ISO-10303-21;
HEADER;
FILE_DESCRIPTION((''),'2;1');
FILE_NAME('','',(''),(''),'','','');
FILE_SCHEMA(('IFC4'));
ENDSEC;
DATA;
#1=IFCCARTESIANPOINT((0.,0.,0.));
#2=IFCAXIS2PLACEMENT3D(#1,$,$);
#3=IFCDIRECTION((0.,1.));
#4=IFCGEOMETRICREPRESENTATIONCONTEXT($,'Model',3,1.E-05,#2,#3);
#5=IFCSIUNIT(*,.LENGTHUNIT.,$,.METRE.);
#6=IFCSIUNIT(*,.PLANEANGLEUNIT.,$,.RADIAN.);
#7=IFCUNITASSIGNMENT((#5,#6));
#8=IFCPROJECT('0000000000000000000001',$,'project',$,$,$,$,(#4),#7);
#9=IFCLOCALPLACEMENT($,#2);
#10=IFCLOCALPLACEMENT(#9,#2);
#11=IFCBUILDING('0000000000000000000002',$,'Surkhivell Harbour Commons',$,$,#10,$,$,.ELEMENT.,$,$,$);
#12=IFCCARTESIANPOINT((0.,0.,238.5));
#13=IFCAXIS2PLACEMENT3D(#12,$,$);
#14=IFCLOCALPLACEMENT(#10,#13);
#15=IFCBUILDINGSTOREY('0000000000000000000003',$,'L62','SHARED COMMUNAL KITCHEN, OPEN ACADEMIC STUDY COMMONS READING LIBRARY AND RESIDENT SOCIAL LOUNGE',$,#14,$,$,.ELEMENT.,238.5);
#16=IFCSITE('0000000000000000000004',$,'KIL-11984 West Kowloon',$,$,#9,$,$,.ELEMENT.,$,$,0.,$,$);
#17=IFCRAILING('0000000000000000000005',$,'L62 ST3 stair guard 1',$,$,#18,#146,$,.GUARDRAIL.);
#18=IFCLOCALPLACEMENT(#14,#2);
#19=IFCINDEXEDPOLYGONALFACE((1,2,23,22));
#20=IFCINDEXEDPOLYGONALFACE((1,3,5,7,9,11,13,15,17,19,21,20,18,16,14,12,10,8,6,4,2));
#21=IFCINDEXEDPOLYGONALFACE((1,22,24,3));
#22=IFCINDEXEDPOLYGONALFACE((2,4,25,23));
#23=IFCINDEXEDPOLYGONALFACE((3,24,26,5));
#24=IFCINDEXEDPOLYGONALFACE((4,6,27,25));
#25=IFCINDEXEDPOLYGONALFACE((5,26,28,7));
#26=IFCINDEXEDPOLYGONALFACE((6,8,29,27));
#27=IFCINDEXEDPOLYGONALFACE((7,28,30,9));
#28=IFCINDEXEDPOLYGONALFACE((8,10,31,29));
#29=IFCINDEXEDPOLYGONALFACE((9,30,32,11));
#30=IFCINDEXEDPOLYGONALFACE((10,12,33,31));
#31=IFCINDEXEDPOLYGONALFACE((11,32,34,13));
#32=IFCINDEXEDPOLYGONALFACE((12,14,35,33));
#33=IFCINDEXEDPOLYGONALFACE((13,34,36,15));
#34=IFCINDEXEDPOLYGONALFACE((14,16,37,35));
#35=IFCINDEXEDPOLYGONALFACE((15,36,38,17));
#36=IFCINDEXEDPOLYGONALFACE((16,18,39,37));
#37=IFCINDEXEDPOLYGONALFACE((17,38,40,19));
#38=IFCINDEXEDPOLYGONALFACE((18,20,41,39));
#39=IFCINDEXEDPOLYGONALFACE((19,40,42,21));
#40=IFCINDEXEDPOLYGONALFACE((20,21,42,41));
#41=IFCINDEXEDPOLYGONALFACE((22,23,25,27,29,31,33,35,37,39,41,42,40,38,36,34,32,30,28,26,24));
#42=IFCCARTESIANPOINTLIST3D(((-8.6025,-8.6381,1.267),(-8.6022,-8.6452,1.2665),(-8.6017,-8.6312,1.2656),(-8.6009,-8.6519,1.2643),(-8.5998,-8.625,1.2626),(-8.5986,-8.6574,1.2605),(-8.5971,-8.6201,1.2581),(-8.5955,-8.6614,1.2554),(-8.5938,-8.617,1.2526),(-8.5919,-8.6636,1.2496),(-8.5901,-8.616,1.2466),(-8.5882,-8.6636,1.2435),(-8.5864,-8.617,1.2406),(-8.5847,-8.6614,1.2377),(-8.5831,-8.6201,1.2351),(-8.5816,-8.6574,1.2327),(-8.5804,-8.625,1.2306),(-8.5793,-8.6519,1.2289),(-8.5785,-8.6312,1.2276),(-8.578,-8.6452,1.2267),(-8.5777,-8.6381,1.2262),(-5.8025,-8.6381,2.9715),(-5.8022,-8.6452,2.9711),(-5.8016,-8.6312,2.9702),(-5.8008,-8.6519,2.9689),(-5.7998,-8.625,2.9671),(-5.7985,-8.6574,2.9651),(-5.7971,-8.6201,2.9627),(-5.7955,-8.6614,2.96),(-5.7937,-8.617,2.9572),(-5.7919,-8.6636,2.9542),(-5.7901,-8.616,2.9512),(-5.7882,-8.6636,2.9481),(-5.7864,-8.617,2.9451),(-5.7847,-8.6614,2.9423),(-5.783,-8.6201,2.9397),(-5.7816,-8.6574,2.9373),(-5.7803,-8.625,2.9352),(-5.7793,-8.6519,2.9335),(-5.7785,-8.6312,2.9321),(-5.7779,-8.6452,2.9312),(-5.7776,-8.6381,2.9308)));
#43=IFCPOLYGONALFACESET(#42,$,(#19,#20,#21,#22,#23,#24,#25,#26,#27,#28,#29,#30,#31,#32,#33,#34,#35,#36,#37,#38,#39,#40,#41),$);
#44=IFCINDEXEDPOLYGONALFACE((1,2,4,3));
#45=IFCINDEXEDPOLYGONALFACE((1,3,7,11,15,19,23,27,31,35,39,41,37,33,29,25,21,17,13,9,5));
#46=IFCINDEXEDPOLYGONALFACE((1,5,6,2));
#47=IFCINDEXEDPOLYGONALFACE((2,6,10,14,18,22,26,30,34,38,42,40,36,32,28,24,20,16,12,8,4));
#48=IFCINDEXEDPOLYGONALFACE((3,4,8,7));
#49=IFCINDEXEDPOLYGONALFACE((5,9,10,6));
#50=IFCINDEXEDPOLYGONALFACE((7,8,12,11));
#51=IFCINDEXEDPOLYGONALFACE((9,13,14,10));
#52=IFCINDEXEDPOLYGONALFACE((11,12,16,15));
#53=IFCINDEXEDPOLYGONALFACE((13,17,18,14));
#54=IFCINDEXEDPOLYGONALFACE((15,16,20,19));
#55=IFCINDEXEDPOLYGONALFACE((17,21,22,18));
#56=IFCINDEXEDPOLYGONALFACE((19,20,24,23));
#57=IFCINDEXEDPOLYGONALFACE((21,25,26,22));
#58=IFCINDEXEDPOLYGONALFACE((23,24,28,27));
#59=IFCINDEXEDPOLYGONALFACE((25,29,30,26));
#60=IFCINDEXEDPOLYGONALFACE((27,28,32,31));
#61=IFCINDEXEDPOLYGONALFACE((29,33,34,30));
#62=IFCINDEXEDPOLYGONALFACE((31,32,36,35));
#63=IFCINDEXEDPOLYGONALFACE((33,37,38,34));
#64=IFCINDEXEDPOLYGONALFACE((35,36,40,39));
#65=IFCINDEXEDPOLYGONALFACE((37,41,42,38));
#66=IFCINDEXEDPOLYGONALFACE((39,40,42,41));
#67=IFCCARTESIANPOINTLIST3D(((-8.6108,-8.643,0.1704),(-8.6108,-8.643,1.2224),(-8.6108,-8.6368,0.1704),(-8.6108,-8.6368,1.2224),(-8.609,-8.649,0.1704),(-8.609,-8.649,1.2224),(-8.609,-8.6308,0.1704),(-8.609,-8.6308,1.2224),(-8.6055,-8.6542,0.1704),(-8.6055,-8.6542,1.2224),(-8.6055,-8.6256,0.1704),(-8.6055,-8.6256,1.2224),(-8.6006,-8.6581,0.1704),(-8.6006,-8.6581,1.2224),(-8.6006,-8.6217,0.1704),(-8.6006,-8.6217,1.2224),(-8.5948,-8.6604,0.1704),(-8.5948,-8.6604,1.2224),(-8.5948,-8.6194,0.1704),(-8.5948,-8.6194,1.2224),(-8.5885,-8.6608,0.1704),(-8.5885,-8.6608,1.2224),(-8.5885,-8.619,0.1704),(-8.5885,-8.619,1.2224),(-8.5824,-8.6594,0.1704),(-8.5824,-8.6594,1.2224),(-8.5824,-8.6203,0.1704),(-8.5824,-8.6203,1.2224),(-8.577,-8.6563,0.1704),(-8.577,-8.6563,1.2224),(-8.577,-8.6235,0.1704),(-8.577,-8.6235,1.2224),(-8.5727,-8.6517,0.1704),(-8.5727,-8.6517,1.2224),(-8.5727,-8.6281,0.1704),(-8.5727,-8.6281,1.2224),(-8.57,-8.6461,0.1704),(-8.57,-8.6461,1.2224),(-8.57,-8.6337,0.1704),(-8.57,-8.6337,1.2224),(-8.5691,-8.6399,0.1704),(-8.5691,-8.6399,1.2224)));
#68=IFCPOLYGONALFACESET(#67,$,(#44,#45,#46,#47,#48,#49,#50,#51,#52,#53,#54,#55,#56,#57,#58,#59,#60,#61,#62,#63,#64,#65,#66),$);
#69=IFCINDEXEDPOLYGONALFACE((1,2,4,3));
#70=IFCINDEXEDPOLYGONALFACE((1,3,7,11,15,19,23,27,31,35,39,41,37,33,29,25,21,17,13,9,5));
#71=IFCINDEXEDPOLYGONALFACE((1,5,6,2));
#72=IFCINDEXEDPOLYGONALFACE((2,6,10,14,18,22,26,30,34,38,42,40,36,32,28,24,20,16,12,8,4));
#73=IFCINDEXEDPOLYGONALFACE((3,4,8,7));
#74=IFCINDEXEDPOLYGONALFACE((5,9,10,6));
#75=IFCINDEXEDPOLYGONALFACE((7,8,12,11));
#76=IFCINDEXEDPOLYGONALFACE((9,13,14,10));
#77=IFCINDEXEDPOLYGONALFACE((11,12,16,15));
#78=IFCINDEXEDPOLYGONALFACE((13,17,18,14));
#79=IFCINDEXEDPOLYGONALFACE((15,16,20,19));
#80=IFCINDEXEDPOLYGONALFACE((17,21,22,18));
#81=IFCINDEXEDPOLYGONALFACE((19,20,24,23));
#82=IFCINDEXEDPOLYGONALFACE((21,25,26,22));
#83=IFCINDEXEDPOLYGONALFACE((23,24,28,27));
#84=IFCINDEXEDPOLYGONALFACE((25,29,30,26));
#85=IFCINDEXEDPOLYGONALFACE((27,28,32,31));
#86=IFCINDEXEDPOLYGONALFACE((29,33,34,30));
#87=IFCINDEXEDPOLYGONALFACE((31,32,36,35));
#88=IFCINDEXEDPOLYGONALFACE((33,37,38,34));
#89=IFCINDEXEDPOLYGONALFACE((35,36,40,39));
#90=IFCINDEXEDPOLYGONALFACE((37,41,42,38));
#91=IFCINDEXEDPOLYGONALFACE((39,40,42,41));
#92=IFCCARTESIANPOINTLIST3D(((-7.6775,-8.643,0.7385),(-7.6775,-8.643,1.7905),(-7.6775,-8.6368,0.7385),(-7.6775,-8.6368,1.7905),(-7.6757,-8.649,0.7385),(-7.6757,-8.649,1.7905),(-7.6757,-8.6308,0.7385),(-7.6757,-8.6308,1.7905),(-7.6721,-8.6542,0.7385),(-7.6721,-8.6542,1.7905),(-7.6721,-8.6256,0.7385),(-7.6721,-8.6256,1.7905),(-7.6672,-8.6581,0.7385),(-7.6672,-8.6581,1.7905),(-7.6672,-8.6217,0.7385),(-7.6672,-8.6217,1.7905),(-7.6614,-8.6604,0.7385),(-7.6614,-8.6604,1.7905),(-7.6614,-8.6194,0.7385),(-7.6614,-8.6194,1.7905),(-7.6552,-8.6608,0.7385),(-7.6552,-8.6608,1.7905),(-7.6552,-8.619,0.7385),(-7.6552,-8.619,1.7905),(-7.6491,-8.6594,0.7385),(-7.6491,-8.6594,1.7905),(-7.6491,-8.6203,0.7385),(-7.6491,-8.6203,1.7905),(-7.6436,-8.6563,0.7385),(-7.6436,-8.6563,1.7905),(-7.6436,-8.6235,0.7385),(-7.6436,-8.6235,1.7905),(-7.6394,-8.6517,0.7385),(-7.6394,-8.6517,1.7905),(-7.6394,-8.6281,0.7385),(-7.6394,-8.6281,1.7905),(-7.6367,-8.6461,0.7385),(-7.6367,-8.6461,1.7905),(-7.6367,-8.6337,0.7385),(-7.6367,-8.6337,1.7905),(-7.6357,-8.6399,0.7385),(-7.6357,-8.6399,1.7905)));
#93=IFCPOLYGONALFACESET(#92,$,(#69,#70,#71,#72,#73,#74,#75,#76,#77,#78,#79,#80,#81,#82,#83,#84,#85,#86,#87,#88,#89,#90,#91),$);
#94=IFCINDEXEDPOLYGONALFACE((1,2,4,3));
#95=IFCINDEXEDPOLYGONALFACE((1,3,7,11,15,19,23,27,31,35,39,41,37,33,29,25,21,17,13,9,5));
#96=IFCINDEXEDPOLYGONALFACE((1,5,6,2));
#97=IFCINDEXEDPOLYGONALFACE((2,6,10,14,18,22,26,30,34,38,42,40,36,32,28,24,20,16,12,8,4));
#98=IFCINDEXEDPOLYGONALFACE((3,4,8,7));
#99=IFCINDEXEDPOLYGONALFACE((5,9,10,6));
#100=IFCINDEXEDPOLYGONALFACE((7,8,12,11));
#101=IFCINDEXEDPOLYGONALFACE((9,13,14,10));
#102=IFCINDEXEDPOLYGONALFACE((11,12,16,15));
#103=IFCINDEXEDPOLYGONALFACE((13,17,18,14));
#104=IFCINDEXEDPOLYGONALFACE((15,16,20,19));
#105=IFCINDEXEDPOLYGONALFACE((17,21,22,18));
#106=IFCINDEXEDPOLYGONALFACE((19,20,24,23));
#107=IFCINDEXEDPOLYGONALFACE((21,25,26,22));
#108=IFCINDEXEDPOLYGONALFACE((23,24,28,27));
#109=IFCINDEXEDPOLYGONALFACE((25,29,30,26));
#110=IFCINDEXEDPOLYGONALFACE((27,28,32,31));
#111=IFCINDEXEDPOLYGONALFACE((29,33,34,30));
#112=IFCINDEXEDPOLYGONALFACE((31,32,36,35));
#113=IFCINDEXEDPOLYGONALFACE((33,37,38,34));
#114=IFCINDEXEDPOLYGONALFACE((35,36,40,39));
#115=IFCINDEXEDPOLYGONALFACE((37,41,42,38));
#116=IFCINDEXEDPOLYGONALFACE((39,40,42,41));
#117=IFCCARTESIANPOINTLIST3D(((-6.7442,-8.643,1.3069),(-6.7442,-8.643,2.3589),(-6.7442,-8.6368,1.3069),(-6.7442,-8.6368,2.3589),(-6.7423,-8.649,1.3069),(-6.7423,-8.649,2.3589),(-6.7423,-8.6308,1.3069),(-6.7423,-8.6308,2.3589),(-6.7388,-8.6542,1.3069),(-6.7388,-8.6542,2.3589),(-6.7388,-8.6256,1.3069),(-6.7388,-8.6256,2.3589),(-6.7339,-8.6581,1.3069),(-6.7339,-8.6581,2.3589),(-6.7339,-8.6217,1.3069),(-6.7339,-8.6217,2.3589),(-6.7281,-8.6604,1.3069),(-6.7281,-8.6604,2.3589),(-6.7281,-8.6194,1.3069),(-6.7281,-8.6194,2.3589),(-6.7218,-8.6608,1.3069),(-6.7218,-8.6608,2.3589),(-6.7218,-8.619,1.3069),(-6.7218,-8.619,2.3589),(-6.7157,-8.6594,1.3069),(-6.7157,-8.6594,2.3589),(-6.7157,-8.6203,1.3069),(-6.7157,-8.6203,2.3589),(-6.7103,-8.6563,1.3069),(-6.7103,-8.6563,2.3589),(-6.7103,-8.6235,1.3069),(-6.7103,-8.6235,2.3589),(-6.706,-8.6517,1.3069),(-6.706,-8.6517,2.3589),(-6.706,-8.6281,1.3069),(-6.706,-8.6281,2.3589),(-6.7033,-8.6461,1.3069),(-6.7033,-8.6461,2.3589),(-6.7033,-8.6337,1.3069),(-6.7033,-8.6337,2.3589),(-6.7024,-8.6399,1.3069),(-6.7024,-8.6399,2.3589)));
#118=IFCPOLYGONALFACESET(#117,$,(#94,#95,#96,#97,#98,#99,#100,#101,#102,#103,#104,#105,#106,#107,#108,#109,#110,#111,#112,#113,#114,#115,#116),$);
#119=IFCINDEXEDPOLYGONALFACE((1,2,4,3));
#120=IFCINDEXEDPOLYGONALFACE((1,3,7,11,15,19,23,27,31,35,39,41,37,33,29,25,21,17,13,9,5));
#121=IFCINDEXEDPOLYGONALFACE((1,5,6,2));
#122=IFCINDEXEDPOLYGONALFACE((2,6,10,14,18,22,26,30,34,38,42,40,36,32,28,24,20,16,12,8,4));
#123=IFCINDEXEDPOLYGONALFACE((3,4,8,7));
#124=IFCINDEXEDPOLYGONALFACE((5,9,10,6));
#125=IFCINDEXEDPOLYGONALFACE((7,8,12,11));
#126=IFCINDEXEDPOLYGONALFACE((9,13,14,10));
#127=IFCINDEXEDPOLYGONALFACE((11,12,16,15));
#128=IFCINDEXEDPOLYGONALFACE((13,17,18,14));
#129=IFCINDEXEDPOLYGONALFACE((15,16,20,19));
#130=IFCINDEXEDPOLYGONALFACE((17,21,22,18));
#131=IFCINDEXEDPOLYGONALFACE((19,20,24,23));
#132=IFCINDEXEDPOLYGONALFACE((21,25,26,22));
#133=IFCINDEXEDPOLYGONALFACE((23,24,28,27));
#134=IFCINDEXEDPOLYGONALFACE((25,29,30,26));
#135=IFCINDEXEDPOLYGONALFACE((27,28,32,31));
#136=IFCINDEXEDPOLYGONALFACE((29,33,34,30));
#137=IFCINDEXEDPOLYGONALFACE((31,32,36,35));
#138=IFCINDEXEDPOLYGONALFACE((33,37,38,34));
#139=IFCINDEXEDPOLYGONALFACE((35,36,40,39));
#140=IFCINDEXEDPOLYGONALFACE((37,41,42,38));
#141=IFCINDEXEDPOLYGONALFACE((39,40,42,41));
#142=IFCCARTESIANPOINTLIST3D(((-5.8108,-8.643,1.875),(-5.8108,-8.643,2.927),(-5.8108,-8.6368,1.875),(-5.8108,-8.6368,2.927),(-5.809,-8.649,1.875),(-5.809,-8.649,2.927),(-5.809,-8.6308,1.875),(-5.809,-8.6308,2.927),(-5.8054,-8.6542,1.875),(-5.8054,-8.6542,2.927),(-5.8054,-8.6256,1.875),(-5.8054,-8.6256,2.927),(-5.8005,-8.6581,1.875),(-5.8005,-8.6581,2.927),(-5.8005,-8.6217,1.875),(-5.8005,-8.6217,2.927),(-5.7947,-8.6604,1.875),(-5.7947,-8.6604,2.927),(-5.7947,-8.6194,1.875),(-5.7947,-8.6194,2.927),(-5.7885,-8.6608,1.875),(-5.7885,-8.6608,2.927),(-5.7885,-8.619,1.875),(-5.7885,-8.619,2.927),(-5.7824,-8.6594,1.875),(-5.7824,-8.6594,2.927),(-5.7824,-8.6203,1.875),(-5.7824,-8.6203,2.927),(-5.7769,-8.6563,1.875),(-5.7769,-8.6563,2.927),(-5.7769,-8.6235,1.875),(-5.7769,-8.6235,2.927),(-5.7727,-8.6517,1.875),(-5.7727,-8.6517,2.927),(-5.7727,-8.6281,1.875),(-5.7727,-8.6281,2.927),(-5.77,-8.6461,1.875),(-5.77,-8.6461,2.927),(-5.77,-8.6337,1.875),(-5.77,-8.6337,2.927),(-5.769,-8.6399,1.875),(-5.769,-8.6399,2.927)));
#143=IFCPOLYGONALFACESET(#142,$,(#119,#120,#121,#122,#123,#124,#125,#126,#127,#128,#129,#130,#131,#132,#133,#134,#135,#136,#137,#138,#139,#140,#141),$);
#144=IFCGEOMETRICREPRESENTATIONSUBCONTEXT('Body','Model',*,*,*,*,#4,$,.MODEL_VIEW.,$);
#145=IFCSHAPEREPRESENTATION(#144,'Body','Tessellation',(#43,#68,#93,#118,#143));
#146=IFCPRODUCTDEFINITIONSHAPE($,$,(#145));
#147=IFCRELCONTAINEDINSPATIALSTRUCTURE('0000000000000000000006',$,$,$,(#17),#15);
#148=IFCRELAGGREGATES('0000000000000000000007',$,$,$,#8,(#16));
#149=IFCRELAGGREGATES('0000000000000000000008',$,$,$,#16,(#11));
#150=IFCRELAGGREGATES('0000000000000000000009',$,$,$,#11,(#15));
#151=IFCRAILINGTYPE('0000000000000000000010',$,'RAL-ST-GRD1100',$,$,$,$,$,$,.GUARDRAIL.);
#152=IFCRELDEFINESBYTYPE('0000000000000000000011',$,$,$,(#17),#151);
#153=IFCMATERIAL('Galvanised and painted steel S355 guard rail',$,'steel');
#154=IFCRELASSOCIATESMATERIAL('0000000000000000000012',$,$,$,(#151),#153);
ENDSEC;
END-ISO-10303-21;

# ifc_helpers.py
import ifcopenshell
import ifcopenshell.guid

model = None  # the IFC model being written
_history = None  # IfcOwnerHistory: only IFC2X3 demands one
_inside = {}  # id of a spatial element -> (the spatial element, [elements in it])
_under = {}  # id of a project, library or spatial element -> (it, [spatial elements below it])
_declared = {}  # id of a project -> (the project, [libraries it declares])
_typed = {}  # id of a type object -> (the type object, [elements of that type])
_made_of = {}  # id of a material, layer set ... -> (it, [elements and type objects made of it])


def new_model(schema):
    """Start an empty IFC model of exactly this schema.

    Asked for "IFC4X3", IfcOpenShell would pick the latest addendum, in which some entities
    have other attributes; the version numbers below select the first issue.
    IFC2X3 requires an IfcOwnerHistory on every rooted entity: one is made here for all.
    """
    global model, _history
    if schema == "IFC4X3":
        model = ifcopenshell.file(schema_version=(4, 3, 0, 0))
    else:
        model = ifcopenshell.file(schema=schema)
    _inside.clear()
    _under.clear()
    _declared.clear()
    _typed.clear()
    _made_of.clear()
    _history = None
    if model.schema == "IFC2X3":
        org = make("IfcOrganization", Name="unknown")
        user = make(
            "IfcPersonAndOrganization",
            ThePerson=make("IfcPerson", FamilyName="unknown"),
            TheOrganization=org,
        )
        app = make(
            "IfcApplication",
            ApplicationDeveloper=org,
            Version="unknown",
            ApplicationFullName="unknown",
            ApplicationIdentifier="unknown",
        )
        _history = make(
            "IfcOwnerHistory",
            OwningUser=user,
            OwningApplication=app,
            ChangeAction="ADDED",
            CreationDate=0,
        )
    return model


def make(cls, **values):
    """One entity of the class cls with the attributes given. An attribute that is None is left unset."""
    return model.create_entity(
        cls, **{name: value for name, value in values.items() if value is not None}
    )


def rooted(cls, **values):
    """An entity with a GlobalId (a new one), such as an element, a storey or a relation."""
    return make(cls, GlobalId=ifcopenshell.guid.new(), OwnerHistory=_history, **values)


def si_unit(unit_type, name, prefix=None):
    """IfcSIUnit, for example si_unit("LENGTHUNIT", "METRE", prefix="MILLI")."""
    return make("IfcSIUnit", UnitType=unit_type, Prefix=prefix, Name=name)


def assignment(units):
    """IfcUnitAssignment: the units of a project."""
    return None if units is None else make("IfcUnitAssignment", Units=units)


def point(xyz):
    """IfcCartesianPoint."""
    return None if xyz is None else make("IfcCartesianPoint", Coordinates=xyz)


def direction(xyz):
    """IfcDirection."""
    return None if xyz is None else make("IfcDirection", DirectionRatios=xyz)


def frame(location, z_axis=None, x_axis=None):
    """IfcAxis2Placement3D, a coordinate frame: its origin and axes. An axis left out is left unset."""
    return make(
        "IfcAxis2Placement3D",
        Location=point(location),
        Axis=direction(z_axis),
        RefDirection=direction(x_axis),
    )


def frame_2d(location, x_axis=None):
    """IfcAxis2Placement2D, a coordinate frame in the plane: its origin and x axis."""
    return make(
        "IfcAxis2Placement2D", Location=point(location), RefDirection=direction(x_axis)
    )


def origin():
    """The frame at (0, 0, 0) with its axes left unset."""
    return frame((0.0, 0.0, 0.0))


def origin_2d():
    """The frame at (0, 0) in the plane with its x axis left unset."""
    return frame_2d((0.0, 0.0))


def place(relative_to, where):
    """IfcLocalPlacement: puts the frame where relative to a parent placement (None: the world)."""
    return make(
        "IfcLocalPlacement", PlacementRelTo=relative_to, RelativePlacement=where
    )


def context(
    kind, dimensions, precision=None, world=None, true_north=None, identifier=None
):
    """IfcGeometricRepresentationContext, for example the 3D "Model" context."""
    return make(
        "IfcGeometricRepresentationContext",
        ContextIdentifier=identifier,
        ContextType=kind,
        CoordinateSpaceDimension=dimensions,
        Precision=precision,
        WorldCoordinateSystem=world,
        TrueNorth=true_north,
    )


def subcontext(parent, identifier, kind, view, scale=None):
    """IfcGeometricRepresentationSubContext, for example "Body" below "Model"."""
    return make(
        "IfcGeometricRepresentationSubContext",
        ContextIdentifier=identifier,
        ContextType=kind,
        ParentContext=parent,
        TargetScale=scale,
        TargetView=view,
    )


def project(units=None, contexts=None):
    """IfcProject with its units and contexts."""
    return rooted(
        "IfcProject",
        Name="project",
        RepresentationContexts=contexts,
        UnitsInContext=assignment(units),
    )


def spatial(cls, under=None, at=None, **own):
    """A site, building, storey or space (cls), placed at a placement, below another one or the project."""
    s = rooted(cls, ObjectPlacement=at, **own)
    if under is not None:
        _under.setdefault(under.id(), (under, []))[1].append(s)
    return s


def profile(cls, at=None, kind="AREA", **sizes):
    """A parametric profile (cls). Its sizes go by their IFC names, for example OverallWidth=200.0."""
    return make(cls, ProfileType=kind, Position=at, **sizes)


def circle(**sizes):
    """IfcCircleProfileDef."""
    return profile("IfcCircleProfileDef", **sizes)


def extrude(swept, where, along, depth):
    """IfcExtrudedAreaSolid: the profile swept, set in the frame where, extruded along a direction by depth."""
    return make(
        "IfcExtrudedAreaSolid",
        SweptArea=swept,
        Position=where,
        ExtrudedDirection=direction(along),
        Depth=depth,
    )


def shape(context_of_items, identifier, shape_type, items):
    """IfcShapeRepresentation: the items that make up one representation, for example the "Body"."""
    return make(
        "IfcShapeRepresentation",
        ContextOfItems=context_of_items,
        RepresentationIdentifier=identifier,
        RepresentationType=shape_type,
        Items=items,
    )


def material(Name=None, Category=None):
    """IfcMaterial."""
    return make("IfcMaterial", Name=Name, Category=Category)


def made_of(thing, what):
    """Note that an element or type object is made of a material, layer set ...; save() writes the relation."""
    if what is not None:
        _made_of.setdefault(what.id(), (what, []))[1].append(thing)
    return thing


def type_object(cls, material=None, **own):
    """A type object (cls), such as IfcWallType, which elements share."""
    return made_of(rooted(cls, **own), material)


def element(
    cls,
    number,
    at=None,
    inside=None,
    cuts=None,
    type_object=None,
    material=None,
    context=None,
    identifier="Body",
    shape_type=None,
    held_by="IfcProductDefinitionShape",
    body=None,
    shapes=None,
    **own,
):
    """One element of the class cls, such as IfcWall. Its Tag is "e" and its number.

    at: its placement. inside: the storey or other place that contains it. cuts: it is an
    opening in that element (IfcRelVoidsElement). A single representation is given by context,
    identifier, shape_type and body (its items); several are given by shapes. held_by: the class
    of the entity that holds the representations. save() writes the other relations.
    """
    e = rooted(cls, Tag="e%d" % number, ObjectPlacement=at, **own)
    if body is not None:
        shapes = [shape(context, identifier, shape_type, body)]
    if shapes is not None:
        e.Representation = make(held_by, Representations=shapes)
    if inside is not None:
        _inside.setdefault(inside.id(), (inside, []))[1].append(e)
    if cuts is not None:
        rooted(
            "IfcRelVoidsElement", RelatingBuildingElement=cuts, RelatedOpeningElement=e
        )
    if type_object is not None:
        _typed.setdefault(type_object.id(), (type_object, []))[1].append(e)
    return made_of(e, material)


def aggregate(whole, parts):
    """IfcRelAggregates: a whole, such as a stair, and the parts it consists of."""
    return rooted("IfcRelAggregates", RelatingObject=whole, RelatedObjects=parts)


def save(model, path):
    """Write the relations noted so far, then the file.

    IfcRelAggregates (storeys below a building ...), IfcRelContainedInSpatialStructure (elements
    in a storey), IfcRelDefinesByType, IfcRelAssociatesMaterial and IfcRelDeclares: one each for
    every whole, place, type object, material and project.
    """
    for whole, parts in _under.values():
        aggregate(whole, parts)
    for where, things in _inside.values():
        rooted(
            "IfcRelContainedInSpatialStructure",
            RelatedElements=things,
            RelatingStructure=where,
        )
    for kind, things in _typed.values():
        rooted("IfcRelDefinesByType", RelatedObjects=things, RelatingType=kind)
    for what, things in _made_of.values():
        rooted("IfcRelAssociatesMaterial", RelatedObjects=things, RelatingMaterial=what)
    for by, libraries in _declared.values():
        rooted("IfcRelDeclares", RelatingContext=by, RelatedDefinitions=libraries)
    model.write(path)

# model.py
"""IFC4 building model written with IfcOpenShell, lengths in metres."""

from ifc_helpers import new_model, si_unit, direction, frame, origin, origin_2d, place, context, subcontext, project, spatial, circle, extrude, material, type_object, element, save


model = new_model("IFC4")

# Units and contexts
model_context = context("Model", 3, precision=1e-05, world=origin(), true_north=direction((0.0, 1.0)))
body_context = subcontext(model_context, "Body", "Model", "MODEL_VIEW")
ifc_project = project(units=[si_unit("LENGTHUNIT", "METRE"), si_unit("PLANEANGLEUNIT", "RADIAN")], contexts=[model_context])

# Site, building, storey
site_placement = place(None, origin())
site = spatial("IfcSite", under=ifc_project, at=site_placement, Name="KIL-11984 West Kowloon", CompositionType="ELEMENT", RefElevation=0.0)
building_placement = place(site_placement, origin())
building = spatial("IfcBuilding", under=site, at=building_placement, Name="Surkhivell Harbour Commons", CompositionType="ELEMENT")
storey_placement = place(building_placement, frame((0.0, 0.0, 238.5)))
storey = spatial("IfcBuildingStorey", under=building, at=storey_placement, Name="L62", Description="SHARED COMMUNAL KITCHEN, OPEN ACADEMIC STUDY COMMONS READING LIBRARY AND RESIDENT SOCIAL LOUNGE", CompositionType="ELEMENT", Elevation=238.5)

# Railing
ifc_material_1 = material(Name="Galvanised and painted steel S355 guard rail", Category="steel")
railing_type_1 = type_object("IfcRailingType", Name="RAL-ST-GRD1100", PredefinedType="GUARDRAIL", material=ifc_material_1)
railing_1_placement = place(storey_placement, frame((-8.5901, -8.6399, 0.1704)))
element("IfcRailing", 1, at=railing_1_placement, inside=storey, type_object=railing_type_1, Name="L62 ST3 stair guard 1", PredefinedType="GUARDRAIL", context=body_context, shape_type="SweptSolid", body=[
    extrude(circle(Radius=0.0239, at=origin_2d()), frame((0.0, 0.0, 1.0762), z_axis=(0.85417, 0.0, 0.519994), x_axis=(0.0, 1.0, 0.0)), (0.0, 0.0, 1.0), 3.2781),
    extrude(circle(Radius=0.021, at=origin_2d()), origin(), (0.0, 0.0, 1.0), 1.052),
    extrude(circle(Radius=0.021, at=origin_2d()), frame((0.9333, 0.0, 0.5681)), (0.0, 0.0, 1.0), 1.052),
    extrude(circle(Radius=0.021, at=origin_2d()), frame((1.8667, 0.0, 1.1365)), (0.0, 0.0, 1.0), 1.052),
    extrude(circle(Radius=0.021, at=origin_2d()), frame((2.8, 0.0, 1.7046)), (0.0, 0.0, 1.0), 1.052),
])

save(model, "model.ifc")
